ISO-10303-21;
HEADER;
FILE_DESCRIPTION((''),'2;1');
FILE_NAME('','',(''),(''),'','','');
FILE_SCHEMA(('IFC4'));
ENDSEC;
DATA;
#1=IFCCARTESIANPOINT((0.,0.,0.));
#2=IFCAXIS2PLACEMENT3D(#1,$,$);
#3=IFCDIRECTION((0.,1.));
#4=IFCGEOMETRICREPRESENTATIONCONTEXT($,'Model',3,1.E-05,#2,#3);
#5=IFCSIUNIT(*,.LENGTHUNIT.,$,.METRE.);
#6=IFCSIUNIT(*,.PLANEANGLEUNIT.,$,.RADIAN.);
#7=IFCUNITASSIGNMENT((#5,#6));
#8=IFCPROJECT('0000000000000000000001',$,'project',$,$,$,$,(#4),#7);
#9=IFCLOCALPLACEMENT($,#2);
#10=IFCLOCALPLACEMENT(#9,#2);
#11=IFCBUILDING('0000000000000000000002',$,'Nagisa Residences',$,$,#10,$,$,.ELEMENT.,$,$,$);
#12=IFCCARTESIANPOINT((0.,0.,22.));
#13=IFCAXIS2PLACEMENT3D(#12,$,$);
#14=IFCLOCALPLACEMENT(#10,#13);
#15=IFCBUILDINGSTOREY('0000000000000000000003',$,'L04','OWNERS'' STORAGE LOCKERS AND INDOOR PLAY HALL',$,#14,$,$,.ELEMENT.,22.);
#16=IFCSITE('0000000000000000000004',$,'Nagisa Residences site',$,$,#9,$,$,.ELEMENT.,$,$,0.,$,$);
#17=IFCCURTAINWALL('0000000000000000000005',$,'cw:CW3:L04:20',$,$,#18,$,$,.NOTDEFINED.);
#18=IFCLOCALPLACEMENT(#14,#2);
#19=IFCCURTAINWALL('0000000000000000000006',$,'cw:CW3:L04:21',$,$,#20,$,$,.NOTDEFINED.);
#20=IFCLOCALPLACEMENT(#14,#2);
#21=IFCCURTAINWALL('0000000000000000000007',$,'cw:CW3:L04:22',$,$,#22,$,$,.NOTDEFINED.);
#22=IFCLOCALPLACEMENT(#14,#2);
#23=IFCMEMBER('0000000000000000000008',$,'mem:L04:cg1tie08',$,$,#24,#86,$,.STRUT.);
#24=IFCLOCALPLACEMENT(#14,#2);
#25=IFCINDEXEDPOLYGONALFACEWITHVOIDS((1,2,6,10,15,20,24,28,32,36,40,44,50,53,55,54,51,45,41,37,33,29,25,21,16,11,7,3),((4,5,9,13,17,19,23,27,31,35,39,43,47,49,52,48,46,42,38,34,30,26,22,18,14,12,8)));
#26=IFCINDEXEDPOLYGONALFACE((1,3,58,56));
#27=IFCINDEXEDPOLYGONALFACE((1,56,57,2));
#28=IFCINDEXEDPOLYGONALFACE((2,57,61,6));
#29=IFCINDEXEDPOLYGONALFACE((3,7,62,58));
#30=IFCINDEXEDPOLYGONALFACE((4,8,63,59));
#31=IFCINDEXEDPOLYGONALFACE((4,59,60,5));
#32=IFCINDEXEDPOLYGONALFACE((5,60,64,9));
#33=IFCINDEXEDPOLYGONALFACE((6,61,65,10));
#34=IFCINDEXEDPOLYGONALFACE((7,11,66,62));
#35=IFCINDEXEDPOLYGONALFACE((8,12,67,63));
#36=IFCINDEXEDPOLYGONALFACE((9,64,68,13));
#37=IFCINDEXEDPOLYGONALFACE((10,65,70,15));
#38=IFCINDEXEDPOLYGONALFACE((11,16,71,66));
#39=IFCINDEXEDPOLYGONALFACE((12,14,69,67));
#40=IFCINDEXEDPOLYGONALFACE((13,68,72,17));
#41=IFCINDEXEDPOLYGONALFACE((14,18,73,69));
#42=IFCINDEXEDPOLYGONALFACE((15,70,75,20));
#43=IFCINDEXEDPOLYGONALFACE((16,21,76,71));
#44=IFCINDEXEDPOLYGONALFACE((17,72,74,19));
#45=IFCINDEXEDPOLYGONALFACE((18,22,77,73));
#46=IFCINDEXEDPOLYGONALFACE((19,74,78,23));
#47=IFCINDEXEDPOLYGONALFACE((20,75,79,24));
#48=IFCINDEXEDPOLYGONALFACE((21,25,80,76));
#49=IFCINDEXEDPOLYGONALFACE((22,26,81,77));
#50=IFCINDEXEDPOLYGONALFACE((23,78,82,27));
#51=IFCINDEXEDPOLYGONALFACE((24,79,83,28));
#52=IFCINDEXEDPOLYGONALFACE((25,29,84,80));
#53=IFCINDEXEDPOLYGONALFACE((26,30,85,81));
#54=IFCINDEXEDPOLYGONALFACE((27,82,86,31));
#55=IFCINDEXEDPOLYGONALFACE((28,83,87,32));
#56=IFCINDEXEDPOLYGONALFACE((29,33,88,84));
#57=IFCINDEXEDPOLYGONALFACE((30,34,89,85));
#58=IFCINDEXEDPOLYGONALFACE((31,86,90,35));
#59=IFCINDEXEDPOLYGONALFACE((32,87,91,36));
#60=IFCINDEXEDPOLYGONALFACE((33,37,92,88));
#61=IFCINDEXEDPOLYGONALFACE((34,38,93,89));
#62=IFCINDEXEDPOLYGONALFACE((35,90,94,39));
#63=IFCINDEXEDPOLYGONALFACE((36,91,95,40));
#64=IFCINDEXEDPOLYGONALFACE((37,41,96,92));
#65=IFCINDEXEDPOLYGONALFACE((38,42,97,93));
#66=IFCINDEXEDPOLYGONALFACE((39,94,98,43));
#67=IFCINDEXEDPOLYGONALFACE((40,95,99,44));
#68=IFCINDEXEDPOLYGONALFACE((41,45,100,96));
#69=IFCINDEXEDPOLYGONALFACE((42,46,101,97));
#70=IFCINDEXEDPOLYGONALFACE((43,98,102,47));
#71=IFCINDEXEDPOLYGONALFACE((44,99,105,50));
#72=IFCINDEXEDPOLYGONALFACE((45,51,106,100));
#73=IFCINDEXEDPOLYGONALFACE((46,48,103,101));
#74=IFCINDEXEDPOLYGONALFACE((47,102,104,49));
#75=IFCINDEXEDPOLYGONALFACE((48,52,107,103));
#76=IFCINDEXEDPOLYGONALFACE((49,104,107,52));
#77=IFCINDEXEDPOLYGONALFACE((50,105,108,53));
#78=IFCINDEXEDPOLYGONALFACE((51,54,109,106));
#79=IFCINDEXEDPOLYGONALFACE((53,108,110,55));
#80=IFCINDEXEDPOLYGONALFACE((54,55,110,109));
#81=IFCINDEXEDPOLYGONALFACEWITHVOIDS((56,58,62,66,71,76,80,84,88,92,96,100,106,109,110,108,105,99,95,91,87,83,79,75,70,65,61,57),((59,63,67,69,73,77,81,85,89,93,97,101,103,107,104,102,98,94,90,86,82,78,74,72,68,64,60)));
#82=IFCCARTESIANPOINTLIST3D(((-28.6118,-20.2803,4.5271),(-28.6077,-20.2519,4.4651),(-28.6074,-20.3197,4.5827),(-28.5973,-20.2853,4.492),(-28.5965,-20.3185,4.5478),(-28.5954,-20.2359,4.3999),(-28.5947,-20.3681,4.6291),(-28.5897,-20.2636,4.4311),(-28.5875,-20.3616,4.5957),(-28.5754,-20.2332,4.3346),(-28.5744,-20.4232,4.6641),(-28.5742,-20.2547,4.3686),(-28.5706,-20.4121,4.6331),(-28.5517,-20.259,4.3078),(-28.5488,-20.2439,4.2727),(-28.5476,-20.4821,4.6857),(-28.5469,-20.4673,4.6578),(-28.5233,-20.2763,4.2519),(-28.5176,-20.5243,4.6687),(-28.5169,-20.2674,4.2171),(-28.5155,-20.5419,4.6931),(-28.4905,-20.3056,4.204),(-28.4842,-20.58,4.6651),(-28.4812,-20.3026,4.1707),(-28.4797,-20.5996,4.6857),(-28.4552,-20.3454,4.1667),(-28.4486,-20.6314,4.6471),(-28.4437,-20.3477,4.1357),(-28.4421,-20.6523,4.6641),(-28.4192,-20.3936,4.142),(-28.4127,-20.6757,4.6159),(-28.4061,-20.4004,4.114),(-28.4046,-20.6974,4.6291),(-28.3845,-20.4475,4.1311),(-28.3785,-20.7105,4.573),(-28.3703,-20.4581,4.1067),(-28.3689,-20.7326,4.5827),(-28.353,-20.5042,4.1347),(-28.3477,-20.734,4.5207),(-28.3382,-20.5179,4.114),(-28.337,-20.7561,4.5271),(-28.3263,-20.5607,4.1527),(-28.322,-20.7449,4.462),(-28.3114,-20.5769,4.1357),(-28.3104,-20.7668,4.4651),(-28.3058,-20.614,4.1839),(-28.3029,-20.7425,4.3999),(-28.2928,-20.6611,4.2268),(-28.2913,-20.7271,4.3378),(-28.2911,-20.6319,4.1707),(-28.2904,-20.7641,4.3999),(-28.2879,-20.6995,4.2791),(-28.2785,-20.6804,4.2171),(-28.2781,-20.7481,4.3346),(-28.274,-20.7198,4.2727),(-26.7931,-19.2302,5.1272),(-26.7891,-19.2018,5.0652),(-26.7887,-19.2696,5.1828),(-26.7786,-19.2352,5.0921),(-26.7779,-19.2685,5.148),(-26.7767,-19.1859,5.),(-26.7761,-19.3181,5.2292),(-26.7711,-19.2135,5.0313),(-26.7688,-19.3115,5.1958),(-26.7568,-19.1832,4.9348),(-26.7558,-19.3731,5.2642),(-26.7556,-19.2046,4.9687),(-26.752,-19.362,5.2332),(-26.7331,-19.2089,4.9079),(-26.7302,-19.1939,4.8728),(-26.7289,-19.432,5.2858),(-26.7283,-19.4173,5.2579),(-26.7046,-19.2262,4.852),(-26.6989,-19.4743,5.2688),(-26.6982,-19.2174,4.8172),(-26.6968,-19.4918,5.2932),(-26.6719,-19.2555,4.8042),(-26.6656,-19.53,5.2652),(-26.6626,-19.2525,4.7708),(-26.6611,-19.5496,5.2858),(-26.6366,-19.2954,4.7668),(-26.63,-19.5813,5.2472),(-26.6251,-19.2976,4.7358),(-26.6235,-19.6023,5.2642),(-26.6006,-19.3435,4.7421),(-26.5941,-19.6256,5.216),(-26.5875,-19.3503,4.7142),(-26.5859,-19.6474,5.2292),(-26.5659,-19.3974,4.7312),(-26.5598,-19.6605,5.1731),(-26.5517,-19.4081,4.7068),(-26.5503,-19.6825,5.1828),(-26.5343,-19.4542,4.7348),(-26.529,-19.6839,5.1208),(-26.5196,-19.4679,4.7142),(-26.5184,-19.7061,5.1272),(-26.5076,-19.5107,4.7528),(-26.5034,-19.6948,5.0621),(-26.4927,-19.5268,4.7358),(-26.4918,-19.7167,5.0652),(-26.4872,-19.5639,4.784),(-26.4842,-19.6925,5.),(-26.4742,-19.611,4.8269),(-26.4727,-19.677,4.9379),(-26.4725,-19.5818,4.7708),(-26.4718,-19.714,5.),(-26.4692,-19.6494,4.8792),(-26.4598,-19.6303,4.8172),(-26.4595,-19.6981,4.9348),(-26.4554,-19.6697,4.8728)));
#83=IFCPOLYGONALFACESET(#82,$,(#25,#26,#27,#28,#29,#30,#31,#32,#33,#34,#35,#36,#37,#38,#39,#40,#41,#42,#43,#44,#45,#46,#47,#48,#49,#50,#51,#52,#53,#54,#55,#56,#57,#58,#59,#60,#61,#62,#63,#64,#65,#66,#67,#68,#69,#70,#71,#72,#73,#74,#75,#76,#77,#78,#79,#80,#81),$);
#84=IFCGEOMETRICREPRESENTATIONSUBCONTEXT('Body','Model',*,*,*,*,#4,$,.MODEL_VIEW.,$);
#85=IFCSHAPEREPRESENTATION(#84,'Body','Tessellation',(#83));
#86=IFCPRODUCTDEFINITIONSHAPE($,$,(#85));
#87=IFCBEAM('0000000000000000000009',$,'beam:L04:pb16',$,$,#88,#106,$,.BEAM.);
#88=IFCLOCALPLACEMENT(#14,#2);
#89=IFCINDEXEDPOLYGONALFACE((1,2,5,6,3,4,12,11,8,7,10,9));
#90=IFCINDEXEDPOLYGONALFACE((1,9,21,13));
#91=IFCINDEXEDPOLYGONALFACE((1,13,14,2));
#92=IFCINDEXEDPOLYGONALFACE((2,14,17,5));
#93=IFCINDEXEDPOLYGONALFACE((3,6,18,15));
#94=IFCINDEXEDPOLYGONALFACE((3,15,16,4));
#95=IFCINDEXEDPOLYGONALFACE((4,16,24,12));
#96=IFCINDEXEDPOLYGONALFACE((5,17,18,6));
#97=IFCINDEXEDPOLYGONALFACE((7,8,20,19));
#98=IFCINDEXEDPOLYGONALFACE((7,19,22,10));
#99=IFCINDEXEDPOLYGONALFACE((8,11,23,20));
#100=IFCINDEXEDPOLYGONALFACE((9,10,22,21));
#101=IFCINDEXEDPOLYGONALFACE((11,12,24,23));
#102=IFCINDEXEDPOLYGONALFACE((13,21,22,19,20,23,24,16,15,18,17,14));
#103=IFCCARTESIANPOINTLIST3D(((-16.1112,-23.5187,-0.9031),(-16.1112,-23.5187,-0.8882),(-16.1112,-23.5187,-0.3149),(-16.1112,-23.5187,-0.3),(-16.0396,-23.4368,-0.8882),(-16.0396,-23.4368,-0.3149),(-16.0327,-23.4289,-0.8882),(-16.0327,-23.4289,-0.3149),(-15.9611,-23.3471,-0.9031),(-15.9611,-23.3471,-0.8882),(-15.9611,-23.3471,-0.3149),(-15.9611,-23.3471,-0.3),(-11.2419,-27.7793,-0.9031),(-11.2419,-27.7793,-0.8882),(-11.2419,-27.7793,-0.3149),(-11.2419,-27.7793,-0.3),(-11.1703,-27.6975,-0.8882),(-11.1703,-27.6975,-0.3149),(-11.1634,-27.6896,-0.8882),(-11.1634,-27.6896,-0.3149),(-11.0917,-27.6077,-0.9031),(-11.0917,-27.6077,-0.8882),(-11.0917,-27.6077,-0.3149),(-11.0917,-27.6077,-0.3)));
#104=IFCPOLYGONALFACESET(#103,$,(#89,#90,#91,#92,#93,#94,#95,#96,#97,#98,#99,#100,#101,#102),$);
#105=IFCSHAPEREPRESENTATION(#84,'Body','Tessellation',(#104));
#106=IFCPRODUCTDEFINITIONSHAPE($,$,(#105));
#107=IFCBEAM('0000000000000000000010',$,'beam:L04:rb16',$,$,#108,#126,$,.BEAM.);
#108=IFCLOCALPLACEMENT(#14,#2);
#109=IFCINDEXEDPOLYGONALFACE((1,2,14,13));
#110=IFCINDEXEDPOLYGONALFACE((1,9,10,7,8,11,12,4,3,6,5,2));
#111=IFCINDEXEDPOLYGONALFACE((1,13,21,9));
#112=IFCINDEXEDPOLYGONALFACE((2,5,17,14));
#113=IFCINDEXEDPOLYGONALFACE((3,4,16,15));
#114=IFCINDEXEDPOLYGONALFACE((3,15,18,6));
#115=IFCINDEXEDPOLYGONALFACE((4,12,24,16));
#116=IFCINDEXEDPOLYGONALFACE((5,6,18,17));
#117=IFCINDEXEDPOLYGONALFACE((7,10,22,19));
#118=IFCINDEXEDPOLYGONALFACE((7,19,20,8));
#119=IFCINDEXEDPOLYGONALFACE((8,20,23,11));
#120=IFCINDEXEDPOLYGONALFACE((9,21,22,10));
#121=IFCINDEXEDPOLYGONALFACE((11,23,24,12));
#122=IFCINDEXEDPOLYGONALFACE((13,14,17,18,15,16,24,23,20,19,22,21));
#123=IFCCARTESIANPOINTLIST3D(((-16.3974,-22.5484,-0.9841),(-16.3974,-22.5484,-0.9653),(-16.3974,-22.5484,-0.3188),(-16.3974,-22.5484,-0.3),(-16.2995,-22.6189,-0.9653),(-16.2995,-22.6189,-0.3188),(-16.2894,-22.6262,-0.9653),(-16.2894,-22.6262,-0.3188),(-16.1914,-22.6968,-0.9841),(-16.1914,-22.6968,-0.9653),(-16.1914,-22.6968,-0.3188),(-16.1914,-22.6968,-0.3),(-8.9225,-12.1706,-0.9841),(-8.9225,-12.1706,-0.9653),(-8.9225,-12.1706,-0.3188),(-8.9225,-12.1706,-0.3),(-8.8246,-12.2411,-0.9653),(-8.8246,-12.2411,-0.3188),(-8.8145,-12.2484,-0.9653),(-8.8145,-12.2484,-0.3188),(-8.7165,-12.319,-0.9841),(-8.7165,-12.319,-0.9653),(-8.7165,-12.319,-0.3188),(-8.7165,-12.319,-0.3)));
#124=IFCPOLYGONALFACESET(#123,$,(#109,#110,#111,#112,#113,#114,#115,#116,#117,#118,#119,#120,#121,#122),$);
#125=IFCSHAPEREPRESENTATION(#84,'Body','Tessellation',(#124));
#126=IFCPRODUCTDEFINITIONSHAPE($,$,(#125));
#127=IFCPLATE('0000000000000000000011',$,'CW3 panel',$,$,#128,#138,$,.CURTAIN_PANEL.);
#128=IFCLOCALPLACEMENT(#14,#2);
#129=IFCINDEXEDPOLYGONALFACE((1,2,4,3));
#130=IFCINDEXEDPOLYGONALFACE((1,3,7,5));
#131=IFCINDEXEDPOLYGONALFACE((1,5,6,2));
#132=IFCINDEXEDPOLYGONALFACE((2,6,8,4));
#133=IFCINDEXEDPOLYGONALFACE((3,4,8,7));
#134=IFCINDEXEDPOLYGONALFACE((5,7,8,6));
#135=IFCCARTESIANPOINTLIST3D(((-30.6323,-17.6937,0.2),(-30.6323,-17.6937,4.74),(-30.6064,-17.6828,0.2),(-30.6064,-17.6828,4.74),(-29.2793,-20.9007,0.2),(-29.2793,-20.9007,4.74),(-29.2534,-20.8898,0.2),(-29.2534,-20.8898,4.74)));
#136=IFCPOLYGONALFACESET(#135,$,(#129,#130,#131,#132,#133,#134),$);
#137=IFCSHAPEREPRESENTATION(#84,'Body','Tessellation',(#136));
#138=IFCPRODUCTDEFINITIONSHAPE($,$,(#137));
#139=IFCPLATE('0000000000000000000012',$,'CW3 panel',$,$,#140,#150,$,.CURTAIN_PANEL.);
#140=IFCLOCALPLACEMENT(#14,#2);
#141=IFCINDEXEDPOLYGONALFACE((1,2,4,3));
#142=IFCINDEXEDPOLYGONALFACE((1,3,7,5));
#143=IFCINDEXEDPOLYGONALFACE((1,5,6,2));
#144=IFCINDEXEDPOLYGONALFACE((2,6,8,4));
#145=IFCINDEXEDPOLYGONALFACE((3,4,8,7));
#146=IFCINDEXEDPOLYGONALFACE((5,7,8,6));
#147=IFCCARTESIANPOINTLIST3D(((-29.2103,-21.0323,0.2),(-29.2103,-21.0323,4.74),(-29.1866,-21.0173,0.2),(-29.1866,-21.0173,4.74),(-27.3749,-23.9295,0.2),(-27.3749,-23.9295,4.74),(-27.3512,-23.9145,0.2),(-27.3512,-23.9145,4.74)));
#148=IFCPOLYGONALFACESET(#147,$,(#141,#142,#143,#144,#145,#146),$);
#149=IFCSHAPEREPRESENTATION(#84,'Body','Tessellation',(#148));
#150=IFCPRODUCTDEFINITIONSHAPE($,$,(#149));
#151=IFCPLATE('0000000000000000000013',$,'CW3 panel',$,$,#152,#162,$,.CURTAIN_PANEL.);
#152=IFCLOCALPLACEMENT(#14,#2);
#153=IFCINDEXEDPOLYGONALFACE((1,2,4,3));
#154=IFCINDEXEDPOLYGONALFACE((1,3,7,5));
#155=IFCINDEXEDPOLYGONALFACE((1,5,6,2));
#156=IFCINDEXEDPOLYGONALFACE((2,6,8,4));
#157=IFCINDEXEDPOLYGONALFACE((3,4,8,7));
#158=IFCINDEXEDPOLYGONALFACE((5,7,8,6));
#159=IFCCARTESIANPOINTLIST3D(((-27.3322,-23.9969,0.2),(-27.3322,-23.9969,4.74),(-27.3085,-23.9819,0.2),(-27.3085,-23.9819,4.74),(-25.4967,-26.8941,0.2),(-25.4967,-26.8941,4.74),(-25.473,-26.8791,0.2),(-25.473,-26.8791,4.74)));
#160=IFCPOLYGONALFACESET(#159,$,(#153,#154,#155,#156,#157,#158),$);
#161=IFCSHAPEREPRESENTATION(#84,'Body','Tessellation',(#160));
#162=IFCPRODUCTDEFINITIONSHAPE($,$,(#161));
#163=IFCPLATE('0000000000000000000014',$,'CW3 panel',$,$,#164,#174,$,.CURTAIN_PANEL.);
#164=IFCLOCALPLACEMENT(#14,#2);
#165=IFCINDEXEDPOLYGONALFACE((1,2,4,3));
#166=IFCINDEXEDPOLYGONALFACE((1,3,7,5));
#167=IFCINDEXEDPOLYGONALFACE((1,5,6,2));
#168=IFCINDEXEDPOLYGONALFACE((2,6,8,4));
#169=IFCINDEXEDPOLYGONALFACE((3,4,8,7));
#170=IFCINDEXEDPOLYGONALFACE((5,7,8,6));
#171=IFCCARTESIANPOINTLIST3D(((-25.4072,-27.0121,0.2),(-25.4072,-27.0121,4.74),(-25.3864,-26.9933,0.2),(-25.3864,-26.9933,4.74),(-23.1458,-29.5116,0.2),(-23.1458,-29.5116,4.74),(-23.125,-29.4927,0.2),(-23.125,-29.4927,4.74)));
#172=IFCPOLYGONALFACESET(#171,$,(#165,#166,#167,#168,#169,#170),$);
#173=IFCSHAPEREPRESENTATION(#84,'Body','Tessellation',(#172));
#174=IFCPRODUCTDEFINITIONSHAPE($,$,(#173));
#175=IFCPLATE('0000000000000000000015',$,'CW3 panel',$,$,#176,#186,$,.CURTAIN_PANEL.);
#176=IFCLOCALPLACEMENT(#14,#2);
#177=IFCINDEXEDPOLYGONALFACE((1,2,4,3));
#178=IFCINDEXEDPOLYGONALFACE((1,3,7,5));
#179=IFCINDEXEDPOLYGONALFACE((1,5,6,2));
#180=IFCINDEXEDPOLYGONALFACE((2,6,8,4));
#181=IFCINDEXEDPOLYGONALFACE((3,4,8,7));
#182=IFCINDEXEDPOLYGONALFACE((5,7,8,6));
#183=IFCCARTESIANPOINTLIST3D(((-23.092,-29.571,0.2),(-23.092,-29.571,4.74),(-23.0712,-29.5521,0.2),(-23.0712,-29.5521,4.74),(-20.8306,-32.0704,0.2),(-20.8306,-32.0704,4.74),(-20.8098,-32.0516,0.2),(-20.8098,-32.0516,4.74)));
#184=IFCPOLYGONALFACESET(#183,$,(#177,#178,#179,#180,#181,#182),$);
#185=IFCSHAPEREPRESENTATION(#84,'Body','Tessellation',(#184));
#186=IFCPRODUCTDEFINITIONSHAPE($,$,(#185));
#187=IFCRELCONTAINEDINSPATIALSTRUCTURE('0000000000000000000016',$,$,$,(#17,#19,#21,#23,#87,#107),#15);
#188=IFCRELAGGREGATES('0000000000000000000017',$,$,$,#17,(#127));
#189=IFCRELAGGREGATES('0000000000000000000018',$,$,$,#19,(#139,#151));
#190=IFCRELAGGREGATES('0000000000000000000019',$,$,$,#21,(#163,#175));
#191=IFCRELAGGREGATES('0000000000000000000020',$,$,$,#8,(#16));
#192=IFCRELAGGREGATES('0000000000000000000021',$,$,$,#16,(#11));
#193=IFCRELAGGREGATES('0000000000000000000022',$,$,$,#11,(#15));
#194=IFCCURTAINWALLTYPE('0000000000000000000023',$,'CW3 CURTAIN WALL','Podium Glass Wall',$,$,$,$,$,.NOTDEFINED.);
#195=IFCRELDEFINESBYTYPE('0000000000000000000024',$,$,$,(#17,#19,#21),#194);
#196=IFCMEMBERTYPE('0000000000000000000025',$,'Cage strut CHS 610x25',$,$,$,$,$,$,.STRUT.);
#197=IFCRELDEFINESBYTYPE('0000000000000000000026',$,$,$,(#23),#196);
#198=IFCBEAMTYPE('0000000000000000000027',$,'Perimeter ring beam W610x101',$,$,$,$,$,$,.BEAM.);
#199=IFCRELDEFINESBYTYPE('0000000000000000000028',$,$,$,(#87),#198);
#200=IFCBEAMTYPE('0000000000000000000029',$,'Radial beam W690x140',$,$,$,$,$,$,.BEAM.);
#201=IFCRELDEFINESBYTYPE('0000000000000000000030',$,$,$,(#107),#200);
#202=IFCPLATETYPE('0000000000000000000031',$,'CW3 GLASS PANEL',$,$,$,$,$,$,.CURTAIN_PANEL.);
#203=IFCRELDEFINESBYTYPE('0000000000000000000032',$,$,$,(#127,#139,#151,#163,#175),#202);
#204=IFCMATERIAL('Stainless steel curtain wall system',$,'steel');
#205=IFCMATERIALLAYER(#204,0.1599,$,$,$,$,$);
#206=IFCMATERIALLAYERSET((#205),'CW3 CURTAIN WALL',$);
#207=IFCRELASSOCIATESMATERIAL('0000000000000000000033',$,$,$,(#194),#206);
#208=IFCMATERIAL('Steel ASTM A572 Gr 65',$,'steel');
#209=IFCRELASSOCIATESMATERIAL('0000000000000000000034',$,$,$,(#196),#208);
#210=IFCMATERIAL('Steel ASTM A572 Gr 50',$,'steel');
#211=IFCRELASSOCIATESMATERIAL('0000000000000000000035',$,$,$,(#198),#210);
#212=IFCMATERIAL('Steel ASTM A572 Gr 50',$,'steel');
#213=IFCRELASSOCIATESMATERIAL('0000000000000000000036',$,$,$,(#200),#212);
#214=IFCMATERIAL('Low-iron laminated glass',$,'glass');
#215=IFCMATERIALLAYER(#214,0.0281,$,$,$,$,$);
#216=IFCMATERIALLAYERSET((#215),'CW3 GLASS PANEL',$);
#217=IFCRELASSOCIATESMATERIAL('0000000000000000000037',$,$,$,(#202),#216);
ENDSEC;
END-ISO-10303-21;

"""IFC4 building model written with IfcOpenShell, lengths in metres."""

from ifc_helpers import new_model, si_unit, direction, frame, origin, origin_2d, place, context, subcontext, project, spatial, rectangle, hollow_circle, i_section, extrude, material, layer, layer_set, material_profile, profile_set, type_object, element, aggregate, save


model = new_model("IFC4")

# Units and contexts
model_context = context("Model", 3, precision=1e-05, world=origin(), true_north=direction((0.0, 1.0)))
body_context = subcontext(model_context, "Body", "Model", "MODEL_VIEW")
ifc_project = project(units=[si_unit("LENGTHUNIT", "METRE"), si_unit("PLANEANGLEUNIT", "RADIAN")], contexts=[model_context])

# Site, building, storey
site_placement = place(None, origin())
site = spatial("IfcSite", under=ifc_project, at=site_placement, Name="Nagisa Residences site", CompositionType="ELEMENT", RefElevation=0.0)
building_placement = place(site_placement, origin())
building = spatial("IfcBuilding", under=site, at=building_placement, Name="Nagisa Residences", CompositionType="ELEMENT")
storey_placement = place(building_placement, frame((0.0, 0.0, 22.0)))
storey = spatial("IfcBuildingStorey", under=building, at=storey_placement, Name="L04", Description="OWNERS' STORAGE LOCKERS AND INDOOR PLAY HALL", CompositionType="ELEMENT", Elevation=22.0)

# Curtain walls
ifc_material_1 = material(Name="Stainless steel curtain wall system", Category="steel")
ifc_layer_1 = layer(ifc_material_1, 0.1599)
ifc_layer_set_1 = layer_set([ifc_layer_1], Name="CW3 CURTAIN WALL")
curtain_wall_type_1 = type_object("IfcCurtainWallType", Name="CW3 CURTAIN WALL", Description="Podium Glass Wall", PredefinedType="NOTDEFINED", material=ifc_layer_set_1)
curtain_wall_1_placement = place(storey_placement, origin())
curtain_wall_1 = element("IfcCurtainWall", 1, at=curtain_wall_1_placement, inside=storey, type_object=curtain_wall_type_1, Name="cw:CW3:L04:20", PredefinedType="NOTDEFINED")
curtain_wall_2_placement = place(storey_placement, origin())
curtain_wall_2 = element("IfcCurtainWall", 2, at=curtain_wall_2_placement, inside=storey, type_object=curtain_wall_type_1, Name="cw:CW3:L04:21", PredefinedType="NOTDEFINED")
curtain_wall_3_placement = place(storey_placement, origin())
curtain_wall_3 = element("IfcCurtainWall", 3, at=curtain_wall_3_placement, inside=storey, type_object=curtain_wall_type_1, Name="cw:CW3:L04:22", PredefinedType="NOTDEFINED")

# Member
ifc_material_2 = material(Name="Steel ASTM A572 Gr 65", Category="steel")
ifc_material_profile_1 = material_profile(ifc_material_2, hollow_circle(Radius=0.3049, WallThickness=0.0249, at=origin_2d()), Name="CHS 610x25")
ifc_profile_set_1 = profile_set([ifc_material_profile_1], Name="Steel ASTM A572 Gr 65")
member_type_1 = type_object("IfcMemberType", Name="Cage strut CHS 610x25", PredefinedType="STRUT", material=ifc_profile_set_1)
member_1_placement = place(storey_placement, frame((-26.6243, -19.45, 5.0), z_axis=(-0.832678, -0.480782, -0.274765), x_axis=(0.500028, -0.866009, 0.0)))
element("IfcMember", 4, at=member_1_placement, inside=storey, type_object=member_type_1, Name="mem:L04:cg1tie08", PredefinedType="STRUT", context=body_context, shape_type="SweptSolid", body=[
    extrude(hollow_circle(Radius=0.3049, WallThickness=0.0249, at=origin_2d()), origin(), (0.0, 0.0, 1.0), 2.1841),
])

# Beams
ifc_material_3 = material(Name="Steel ASTM A572 Gr 50", Category="steel")
ifc_material_profile_2 = material_profile(ifc_material_3, i_section(OverallWidth=0.228, OverallDepth=0.603, WebThickness=0.0105, FlangeThickness=0.0149, at=origin_2d()), Name="W610x101")
ifc_profile_set_2 = profile_set([ifc_material_profile_2], Name="Steel ASTM A572 Gr 50")
beam_type_1 = type_object("IfcBeamType", Name="Perimeter ring beam W610x101", PredefinedType="BEAM", material=ifc_profile_set_2)
beam_1_placement = place(storey_placement, frame((-16.0361, -23.4329, -0.6016), z_axis=(0.752574, -0.658507, 0.0), x_axis=(0.658507, 0.752574, 0.0)))
element("IfcBeam", 5, at=beam_1_placement, inside=storey, type_object=beam_type_1, Name="beam:L04:pb16", PredefinedType="BEAM", context=body_context, shape_type="SweptSolid", body=[
    extrude(i_section(OverallWidth=0.228, OverallDepth=0.603, WebThickness=0.0105, FlangeThickness=0.0149, at=origin_2d()), origin(), (0.0, 0.0, 1.0), 6.4702),
])
ifc_material_4 = material(Name="Steel ASTM A572 Gr 50", Category="steel")
ifc_material_profile_3 = material_profile(ifc_material_4, i_section(OverallWidth=0.2539, OverallDepth=0.6841, WebThickness=0.0125, FlangeThickness=0.0188, at=origin_2d()), Name="W690x140")
ifc_profile_set_3 = profile_set([ifc_material_profile_3], Name="Steel ASTM A572 Gr 50")
beam_type_2 = type_object("IfcBeamType", Name="Radial beam W690x140", PredefinedType="BEAM", material=ifc_profile_set_3)
beam_2_placement = place(storey_placement, frame((-16.2944, -22.6226, -0.6421), z_axis=(0.584455, 0.811426, 0.0), x_axis=(-0.811426, 0.584455, 0.0)))
element("IfcBeam", 6, at=beam_2_placement, inside=storey, type_object=beam_type_2, Name="beam:L04:rb16", PredefinedType="BEAM", context=body_context, shape_type="SweptSolid", body=[
    extrude(i_section(OverallWidth=0.2539, OverallDepth=0.6841, WebThickness=0.0125, FlangeThickness=0.0188, at=origin_2d()), origin(), (0.0, 0.0, 1.0), 12.7896),
])

# Plates
ifc_material_5 = material(Name="Low-iron laminated glass", Category="glass")
ifc_layer_2 = layer(ifc_material_5, 0.0281)
ifc_layer_set_2 = layer_set([ifc_layer_2], Name="CW3 GLASS PANEL")
plate_type_1 = type_object("IfcPlateType", Name="CW3 GLASS PANEL", PredefinedType="CURTAIN_PANEL", material=ifc_layer_set_2)
plate_1_placement = place(storey_placement, frame((-29.9429, -19.2917, 0.2), z_axis=(0.0, 0.0, 1.0), x_axis=(0.388718, -0.921357, 0.0)))
plate_1 = element("IfcPlate", 7, at=plate_1_placement, type_object=plate_type_1, Name="CW3 panel", PredefinedType="CURTAIN_PANEL", context=body_context, shape_type="SweptSolid", body=[
    extrude(rectangle(XDim=3.4807, YDim=0.0281, at=origin_2d()), origin(), (0.0, 0.0, 1.0), 4.54),
])
aggregate(curtain_wall_1, [plate_1])
plate_2_placement = place(storey_placement, frame((-28.2808, -22.4734, 0.2), z_axis=(0.0, 0.0, 1.0), x_axis=(0.535165, -0.844747, 0.0)))
plate_2 = element("IfcPlate", 8, at=plate_2_placement, type_object=plate_type_1, Name="CW3 panel", PredefinedType="CURTAIN_PANEL", context=body_context, shape_type="SweptSolid", body=[
    extrude(rectangle(XDim=3.4297, YDim=0.0281, at=origin_2d()), origin(), (0.0, 0.0, 1.0), 4.54),
])
plate_3_placement = place(storey_placement, frame((-26.4026, -25.438, 0.2), z_axis=(0.0, 0.0, 1.0), x_axis=(0.535165, -0.844747, 0.0)))
plate_3 = element("IfcPlate", 9, at=plate_3_placement, type_object=plate_type_1, Name="CW3 panel", PredefinedType="CURTAIN_PANEL", context=body_context, shape_type="SweptSolid", body=[
    extrude(rectangle(XDim=3.4297, YDim=0.0281, at=origin_2d()), origin(), (0.0, 0.0, 1.0), 4.54),
])
aggregate(curtain_wall_2, [plate_2, plate_3])
plate_4_placement = place(storey_placement, frame((-24.2661, -28.2524, 0.2), z_axis=(0.0, 0.0, 1.0), x_axis=(0.670913, -0.741536, 0.0)))
plate_4 = element("IfcPlate", 10, at=plate_4_placement, type_object=plate_type_1, Name="CW3 panel", PredefinedType="CURTAIN_PANEL", context=body_context, shape_type="SweptSolid", body=[
    extrude(rectangle(XDim=3.3706, YDim=0.0281, at=origin_2d()), origin(), (0.0, 0.0, 1.0), 4.54),
])
plate_5_placement = place(storey_placement, frame((-21.9509, -30.8113, 0.2), z_axis=(0.0, 0.0, 1.0), x_axis=(0.670913, -0.741536, 0.0)))
plate_5 = element("IfcPlate", 11, at=plate_5_placement, type_object=plate_type_1, Name="CW3 panel", PredefinedType="CURTAIN_PANEL", context=body_context, shape_type="SweptSolid", body=[
    extrude(rectangle(XDim=3.3706, YDim=0.0281, at=origin_2d()), origin(), (0.0, 0.0, 1.0), 4.54),
])
aggregate(curtain_wall_3, [plate_4, plate_5])

save(model, "model.ifc")
